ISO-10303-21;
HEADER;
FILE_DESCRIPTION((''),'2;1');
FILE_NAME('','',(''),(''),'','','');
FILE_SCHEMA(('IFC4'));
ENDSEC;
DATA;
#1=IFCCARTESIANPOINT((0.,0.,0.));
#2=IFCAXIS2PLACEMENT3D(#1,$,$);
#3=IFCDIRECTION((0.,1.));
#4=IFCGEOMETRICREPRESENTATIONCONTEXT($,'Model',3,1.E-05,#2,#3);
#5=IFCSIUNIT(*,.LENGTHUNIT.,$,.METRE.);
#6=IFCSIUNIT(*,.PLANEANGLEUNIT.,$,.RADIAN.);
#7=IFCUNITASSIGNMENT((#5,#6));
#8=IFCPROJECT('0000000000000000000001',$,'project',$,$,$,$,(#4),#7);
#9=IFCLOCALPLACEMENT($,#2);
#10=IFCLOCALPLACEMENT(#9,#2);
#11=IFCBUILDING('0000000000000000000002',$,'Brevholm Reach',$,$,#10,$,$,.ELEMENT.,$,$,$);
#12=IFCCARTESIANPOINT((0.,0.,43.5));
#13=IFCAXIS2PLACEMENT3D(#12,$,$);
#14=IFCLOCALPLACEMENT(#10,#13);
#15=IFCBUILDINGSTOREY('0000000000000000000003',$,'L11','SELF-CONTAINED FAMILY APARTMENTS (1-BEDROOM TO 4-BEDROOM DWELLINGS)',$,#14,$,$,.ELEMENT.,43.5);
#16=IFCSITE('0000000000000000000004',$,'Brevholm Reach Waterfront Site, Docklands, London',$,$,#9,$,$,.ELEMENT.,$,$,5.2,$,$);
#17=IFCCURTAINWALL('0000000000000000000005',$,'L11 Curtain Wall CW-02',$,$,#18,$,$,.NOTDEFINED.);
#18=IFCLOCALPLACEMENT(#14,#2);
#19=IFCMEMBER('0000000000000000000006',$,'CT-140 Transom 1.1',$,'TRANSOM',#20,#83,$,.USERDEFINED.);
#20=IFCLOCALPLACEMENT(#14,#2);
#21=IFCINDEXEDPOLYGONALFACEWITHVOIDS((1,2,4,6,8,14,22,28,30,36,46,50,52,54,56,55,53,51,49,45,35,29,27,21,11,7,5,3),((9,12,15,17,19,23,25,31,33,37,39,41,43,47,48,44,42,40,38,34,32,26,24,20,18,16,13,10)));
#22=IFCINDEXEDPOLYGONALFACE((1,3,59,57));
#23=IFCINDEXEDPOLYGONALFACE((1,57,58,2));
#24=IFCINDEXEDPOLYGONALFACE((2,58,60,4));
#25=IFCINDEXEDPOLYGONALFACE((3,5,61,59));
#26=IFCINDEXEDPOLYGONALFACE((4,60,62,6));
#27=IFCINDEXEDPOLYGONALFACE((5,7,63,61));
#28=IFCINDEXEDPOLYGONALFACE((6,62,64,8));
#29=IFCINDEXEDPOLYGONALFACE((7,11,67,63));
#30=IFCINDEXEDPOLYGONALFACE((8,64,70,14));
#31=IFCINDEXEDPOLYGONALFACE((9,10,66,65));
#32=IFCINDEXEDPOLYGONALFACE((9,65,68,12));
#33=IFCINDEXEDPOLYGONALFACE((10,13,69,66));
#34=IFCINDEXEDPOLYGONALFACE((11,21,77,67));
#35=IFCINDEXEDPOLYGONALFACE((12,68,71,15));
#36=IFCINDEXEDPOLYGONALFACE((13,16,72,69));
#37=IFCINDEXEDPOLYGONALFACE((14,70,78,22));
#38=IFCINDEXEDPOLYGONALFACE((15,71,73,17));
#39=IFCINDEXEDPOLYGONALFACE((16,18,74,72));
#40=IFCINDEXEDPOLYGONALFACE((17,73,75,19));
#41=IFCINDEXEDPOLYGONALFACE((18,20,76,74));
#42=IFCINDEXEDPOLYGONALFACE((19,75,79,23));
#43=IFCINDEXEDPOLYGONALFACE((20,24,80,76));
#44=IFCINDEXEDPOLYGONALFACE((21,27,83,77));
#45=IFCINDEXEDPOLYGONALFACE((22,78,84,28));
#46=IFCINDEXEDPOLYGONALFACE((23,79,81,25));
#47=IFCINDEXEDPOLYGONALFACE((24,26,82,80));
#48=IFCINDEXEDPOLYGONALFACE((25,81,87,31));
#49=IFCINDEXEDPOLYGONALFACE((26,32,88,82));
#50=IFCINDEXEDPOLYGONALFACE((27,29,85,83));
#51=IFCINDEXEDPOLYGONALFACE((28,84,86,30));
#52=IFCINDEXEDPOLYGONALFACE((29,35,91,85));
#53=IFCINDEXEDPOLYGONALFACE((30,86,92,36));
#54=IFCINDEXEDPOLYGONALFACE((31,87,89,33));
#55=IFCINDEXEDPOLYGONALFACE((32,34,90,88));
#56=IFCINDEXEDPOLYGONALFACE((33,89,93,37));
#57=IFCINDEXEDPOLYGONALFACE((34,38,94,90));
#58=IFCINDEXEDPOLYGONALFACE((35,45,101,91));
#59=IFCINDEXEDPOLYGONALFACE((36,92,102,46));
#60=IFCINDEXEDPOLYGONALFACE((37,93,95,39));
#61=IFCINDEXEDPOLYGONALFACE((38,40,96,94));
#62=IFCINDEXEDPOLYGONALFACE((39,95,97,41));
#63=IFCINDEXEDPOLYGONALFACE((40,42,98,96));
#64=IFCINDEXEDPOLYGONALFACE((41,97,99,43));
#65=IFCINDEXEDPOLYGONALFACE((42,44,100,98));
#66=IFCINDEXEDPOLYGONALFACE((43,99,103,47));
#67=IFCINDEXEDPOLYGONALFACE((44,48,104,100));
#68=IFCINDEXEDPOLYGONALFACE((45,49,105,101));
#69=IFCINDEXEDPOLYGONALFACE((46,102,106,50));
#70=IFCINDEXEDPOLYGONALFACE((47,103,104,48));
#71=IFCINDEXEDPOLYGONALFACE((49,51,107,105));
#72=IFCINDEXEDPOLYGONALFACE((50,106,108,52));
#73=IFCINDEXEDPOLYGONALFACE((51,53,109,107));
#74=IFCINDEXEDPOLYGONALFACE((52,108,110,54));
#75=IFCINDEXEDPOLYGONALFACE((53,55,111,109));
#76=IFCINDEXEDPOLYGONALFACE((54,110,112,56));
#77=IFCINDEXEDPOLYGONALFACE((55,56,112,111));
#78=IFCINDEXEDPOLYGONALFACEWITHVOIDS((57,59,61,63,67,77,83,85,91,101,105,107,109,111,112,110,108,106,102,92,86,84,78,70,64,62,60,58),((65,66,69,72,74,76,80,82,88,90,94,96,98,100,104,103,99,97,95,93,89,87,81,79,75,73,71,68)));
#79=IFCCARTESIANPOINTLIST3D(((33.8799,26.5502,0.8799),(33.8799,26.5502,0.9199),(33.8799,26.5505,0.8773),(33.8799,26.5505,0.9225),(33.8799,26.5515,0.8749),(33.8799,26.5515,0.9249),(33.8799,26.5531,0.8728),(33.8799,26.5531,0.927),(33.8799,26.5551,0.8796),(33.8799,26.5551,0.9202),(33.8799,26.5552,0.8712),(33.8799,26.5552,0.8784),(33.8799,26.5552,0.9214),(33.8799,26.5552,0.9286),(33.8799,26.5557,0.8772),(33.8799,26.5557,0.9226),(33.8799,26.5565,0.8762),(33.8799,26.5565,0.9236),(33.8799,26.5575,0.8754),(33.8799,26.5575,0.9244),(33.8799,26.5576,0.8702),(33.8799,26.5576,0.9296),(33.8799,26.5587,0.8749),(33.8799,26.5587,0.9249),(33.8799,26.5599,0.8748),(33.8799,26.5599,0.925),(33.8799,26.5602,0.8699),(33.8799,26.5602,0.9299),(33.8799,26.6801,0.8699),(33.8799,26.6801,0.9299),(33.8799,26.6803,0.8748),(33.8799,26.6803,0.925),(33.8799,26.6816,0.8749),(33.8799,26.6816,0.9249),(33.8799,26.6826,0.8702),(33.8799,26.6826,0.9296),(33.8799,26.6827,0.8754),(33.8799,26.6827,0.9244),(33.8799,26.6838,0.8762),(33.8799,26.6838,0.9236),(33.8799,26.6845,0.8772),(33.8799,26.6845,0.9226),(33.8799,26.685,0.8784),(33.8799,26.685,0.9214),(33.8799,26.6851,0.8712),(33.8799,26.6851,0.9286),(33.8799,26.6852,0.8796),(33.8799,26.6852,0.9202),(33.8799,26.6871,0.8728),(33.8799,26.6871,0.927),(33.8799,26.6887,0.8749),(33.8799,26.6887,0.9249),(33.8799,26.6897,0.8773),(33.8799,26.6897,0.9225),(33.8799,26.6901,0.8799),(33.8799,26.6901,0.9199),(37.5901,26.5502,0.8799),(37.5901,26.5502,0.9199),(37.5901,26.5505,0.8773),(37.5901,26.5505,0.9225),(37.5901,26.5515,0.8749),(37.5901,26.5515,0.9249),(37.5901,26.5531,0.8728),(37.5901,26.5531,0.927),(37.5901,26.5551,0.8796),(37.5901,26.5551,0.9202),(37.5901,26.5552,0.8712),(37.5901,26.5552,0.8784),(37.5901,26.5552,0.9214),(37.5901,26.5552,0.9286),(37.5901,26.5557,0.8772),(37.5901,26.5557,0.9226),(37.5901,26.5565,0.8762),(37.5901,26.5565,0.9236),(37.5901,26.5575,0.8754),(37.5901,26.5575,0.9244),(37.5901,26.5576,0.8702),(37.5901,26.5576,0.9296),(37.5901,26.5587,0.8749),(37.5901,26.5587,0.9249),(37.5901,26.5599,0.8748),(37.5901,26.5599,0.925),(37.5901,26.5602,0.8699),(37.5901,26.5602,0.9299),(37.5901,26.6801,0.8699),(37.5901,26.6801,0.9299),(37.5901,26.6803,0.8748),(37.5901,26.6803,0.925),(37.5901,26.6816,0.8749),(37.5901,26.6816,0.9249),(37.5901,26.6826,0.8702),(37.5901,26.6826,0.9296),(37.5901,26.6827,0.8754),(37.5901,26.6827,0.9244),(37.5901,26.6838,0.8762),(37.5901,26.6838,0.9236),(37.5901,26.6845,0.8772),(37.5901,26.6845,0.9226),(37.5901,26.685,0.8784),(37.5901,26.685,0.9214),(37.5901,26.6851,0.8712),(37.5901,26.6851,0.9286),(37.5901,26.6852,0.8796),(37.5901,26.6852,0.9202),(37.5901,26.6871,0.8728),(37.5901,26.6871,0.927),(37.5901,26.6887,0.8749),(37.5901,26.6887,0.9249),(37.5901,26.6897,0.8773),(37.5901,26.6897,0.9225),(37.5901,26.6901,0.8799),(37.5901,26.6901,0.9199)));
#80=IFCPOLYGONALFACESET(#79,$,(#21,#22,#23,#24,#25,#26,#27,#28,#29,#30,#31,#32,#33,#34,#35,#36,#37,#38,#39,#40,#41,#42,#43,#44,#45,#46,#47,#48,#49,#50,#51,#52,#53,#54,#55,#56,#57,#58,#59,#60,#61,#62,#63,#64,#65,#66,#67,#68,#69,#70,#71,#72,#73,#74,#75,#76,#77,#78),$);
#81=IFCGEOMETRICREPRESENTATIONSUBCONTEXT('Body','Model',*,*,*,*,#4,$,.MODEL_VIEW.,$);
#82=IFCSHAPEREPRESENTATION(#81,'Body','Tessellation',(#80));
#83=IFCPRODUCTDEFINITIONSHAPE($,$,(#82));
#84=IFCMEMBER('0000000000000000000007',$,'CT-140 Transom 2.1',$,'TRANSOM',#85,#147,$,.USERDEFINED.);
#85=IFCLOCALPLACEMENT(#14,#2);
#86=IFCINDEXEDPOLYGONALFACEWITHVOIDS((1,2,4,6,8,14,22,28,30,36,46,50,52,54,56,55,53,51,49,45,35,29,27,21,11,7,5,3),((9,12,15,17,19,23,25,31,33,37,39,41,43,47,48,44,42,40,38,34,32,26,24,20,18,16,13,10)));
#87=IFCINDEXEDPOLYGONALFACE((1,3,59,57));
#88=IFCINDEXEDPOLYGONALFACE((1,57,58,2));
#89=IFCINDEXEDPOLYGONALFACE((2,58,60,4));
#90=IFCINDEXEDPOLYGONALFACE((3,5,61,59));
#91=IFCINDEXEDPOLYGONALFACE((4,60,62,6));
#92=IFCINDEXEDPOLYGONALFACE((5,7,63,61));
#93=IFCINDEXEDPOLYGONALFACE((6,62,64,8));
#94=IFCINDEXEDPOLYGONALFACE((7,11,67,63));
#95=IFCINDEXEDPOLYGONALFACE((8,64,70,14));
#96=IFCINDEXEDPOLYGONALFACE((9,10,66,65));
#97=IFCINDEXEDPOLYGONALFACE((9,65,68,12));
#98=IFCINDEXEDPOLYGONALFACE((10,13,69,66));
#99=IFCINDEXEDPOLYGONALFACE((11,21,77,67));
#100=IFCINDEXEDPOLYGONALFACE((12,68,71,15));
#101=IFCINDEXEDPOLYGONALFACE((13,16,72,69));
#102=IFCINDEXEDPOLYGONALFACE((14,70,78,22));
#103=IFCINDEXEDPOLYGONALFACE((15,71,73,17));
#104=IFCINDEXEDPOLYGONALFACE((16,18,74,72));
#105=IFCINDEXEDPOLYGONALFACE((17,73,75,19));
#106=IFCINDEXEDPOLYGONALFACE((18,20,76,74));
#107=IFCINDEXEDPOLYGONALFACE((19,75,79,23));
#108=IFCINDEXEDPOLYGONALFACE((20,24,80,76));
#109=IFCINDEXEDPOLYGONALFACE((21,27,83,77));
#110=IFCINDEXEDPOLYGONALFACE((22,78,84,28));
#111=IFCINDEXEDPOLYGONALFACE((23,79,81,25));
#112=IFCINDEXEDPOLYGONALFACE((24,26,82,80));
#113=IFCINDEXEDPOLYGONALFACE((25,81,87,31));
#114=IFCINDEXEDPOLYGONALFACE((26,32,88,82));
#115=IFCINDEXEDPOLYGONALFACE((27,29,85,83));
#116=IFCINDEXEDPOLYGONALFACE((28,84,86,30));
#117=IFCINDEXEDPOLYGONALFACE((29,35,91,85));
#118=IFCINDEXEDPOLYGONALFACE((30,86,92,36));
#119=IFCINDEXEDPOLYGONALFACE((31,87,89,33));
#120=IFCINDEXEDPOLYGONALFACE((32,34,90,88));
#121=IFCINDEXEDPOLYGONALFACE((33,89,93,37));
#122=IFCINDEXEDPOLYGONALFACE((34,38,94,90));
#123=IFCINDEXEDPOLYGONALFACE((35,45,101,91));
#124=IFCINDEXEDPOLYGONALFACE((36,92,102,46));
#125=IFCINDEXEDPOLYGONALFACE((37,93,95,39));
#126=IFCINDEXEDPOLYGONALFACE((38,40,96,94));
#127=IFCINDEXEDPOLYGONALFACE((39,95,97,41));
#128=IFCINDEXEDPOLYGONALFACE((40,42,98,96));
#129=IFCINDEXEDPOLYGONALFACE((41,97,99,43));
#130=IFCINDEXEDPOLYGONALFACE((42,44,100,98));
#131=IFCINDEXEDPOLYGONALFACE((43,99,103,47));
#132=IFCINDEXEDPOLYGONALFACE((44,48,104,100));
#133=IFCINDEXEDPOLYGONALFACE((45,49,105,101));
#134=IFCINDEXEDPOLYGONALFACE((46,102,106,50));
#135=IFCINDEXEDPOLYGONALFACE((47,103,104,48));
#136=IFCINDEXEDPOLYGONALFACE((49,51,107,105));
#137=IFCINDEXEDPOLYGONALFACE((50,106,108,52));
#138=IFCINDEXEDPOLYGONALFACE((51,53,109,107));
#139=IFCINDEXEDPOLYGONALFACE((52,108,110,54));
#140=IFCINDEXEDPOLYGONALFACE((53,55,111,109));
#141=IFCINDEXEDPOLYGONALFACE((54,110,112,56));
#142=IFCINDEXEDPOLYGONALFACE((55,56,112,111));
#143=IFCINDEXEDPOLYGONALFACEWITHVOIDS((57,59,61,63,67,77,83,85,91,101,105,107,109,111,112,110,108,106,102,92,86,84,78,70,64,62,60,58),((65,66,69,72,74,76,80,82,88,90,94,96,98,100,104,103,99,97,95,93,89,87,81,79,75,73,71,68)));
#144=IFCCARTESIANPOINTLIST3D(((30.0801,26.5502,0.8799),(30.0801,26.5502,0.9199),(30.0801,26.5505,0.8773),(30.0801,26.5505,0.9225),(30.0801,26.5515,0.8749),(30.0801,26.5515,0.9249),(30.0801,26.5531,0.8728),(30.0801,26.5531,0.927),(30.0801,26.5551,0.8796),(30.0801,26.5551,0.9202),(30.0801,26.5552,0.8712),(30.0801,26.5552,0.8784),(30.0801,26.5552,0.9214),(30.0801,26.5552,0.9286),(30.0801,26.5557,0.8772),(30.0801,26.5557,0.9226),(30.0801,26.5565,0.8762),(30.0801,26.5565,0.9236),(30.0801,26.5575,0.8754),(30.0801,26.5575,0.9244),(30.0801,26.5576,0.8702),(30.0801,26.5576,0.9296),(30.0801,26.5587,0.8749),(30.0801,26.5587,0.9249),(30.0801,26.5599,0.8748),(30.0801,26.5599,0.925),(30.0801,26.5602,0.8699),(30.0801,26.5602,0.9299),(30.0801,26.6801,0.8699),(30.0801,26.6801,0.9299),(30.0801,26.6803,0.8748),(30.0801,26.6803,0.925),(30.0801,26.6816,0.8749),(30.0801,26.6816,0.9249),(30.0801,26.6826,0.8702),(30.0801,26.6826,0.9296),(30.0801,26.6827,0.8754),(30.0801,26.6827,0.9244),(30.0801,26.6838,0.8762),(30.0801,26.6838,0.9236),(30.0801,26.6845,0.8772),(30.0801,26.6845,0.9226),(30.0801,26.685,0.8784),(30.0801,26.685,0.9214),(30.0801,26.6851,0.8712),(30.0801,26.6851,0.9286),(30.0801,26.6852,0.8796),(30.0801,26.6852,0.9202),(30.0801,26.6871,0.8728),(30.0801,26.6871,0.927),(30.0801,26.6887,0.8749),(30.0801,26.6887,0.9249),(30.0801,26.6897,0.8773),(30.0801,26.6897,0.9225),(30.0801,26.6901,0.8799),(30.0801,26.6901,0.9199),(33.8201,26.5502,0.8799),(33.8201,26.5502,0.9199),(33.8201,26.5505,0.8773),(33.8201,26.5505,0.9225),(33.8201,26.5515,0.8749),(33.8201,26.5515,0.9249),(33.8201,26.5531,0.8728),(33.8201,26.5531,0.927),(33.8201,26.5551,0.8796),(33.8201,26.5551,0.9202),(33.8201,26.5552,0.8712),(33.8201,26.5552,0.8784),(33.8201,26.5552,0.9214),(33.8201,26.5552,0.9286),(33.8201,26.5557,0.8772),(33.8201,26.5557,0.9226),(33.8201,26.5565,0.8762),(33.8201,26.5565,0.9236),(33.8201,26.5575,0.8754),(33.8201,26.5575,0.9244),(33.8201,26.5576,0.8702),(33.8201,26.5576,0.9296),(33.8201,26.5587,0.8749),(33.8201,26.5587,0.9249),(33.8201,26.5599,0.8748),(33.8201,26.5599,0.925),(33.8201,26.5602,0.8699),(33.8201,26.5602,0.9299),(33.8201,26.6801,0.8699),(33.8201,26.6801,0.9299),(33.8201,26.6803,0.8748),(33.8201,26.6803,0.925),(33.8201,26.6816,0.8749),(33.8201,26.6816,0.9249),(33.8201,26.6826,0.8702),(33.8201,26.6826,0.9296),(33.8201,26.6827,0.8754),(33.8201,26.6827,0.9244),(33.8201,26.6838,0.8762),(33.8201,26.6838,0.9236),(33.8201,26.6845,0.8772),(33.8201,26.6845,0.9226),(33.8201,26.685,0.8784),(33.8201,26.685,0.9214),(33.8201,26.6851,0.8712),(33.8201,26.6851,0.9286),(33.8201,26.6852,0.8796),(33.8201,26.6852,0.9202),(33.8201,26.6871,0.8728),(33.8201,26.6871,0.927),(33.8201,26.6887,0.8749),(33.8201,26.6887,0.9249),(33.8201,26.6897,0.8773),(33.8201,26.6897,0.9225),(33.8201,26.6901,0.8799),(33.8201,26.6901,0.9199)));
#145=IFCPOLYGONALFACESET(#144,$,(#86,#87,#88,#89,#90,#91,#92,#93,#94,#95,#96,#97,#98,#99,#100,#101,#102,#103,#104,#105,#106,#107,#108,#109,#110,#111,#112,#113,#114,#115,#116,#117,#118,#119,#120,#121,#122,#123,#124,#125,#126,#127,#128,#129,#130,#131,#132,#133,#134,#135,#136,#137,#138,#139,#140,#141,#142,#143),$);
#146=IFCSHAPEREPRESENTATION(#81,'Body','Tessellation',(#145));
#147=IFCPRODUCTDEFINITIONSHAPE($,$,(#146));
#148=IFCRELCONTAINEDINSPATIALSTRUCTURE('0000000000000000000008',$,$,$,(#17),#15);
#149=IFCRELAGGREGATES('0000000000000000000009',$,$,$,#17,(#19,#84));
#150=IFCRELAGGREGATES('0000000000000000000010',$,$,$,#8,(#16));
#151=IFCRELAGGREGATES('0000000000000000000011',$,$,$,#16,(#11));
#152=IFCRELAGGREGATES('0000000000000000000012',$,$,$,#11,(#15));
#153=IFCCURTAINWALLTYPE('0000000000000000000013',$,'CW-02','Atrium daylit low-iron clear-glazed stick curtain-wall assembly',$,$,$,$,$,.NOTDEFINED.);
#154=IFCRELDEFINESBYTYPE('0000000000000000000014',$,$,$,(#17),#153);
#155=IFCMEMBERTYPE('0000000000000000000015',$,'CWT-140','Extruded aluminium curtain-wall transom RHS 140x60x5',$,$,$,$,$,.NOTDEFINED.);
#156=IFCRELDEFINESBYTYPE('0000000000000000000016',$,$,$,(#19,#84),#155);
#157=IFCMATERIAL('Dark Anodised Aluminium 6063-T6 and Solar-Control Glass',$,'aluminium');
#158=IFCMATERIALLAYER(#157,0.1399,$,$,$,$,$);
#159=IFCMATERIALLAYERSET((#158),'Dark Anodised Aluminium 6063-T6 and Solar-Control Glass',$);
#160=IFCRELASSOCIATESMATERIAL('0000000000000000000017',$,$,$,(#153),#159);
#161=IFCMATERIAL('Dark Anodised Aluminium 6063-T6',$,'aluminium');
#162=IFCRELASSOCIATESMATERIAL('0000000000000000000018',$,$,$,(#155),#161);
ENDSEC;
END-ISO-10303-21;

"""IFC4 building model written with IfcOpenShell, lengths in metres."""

from ifc_helpers import new_model, si_unit, direction, frame, origin, origin_2d, place, context, subcontext, project, spatial, hollow_rectangle, extrude, material, layer, layer_set, material_profile, profile_set, type_object, element, aggregate, save


model = new_model("IFC4")

# Units and contexts
model_context = context("Model", 3, precision=1e-05, world=origin(), true_north=direction((0.0, 1.0)))
body_context = subcontext(model_context, "Body", "Model", "MODEL_VIEW")
ifc_project = project(units=[si_unit("LENGTHUNIT", "METRE"), si_unit("PLANEANGLEUNIT", "RADIAN")], contexts=[model_context])

# Site, building, storey
site_placement = place(None, origin())
site = spatial("IfcSite", under=ifc_project, at=site_placement, Name="Brevholm Reach Waterfront Site, Docklands, London", CompositionType="ELEMENT", RefElevation=5.2)
building_placement = place(site_placement, origin())
building = spatial("IfcBuilding", under=site, at=building_placement, Name="Brevholm Reach", CompositionType="ELEMENT")
storey_placement = place(building_placement, frame((0.0, 0.0, 43.5)))
storey = spatial("IfcBuildingStorey", under=building, at=storey_placement, Name="L11", Description="SELF-CONTAINED FAMILY APARTMENTS (1-BEDROOM TO 4-BEDROOM DWELLINGS)", CompositionType="ELEMENT", Elevation=43.5)

# Curtain wall
ifc_material_1 = material(Name="Dark Anodised Aluminium 6063-T6 and Solar-Control Glass", Category="aluminium")
ifc_layer_1 = layer(ifc_material_1, 0.1399)
ifc_layer_set_1 = layer_set([ifc_layer_1], Name="Dark Anodised Aluminium 6063-T6 and Solar-Control Glass")
curtain_wall_type_1 = type_object("IfcCurtainWallType", Name="CW-02", Description="Atrium daylit low-iron clear-glazed stick curtain-wall assembly", PredefinedType="NOTDEFINED", material=ifc_layer_set_1)
curtain_wall_1_placement = place(storey_placement, origin())
curtain_wall_1 = element("IfcCurtainWall", 1, at=curtain_wall_1_placement, inside=storey, type_object=curtain_wall_type_1, Name="L11 Curtain Wall CW-02", PredefinedType="NOTDEFINED")

# Members
ifc_material_2 = material(Name="Dark Anodised Aluminium 6063-T6", Category="aluminium")
ifc_material_profile_1 = material_profile(ifc_material_2, hollow_rectangle(XDim=0.0601, YDim=0.1399, WallThickness=0.0049, InnerFilletRadius=0.0049, OuterFilletRadius=0.01, at=origin_2d()), Name="RHS 140x60x5")
ifc_profile_set_1 = profile_set([ifc_material_profile_1], Name="Dark Anodised Aluminium 6063-T6")
member_type_1 = type_object("IfcMemberType", Name="CWT-140", Description="Extruded aluminium curtain-wall transom RHS 140x60x5", PredefinedType="NOTDEFINED", material=ifc_profile_set_1)
member_1_placement = place(storey_placement, frame((37.5901, 26.6201, 0.8999), z_axis=(-1.0, 0.0, 0.0), x_axis=(0.0, 0.0, 1.0)))
member_1 = element("IfcMember", 2, at=member_1_placement, type_object=member_type_1, Name="CT-140 Transom 1.1", ObjectType="TRANSOM", PredefinedType="USERDEFINED", context=body_context, shape_type="SweptSolid", body=[
    extrude(hollow_rectangle(XDim=0.0601, YDim=0.1399, WallThickness=0.0049, InnerFilletRadius=0.0049, OuterFilletRadius=0.01, at=origin_2d()), origin(), (0.0, 0.0, 1.0), 3.7102),
])
member_2_placement = place(storey_placement, frame((33.8201, 26.6201, 0.8999), z_axis=(-1.0, 0.0, 0.0), x_axis=(0.0, 0.0, 1.0)))
member_2 = element("IfcMember", 3, at=member_2_placement, type_object=member_type_1, Name="CT-140 Transom 2.1", ObjectType="TRANSOM", PredefinedType="USERDEFINED", context=body_context, shape_type="SweptSolid", body=[
    extrude(hollow_rectangle(XDim=0.0601, YDim=0.1399, WallThickness=0.0049, InnerFilletRadius=0.0049, OuterFilletRadius=0.01, at=origin_2d()), origin(), (0.0, 0.0, 1.0), 3.74),
])

aggregate(curtain_wall_1, [member_1, member_2])

save(model, "model.ifc")
